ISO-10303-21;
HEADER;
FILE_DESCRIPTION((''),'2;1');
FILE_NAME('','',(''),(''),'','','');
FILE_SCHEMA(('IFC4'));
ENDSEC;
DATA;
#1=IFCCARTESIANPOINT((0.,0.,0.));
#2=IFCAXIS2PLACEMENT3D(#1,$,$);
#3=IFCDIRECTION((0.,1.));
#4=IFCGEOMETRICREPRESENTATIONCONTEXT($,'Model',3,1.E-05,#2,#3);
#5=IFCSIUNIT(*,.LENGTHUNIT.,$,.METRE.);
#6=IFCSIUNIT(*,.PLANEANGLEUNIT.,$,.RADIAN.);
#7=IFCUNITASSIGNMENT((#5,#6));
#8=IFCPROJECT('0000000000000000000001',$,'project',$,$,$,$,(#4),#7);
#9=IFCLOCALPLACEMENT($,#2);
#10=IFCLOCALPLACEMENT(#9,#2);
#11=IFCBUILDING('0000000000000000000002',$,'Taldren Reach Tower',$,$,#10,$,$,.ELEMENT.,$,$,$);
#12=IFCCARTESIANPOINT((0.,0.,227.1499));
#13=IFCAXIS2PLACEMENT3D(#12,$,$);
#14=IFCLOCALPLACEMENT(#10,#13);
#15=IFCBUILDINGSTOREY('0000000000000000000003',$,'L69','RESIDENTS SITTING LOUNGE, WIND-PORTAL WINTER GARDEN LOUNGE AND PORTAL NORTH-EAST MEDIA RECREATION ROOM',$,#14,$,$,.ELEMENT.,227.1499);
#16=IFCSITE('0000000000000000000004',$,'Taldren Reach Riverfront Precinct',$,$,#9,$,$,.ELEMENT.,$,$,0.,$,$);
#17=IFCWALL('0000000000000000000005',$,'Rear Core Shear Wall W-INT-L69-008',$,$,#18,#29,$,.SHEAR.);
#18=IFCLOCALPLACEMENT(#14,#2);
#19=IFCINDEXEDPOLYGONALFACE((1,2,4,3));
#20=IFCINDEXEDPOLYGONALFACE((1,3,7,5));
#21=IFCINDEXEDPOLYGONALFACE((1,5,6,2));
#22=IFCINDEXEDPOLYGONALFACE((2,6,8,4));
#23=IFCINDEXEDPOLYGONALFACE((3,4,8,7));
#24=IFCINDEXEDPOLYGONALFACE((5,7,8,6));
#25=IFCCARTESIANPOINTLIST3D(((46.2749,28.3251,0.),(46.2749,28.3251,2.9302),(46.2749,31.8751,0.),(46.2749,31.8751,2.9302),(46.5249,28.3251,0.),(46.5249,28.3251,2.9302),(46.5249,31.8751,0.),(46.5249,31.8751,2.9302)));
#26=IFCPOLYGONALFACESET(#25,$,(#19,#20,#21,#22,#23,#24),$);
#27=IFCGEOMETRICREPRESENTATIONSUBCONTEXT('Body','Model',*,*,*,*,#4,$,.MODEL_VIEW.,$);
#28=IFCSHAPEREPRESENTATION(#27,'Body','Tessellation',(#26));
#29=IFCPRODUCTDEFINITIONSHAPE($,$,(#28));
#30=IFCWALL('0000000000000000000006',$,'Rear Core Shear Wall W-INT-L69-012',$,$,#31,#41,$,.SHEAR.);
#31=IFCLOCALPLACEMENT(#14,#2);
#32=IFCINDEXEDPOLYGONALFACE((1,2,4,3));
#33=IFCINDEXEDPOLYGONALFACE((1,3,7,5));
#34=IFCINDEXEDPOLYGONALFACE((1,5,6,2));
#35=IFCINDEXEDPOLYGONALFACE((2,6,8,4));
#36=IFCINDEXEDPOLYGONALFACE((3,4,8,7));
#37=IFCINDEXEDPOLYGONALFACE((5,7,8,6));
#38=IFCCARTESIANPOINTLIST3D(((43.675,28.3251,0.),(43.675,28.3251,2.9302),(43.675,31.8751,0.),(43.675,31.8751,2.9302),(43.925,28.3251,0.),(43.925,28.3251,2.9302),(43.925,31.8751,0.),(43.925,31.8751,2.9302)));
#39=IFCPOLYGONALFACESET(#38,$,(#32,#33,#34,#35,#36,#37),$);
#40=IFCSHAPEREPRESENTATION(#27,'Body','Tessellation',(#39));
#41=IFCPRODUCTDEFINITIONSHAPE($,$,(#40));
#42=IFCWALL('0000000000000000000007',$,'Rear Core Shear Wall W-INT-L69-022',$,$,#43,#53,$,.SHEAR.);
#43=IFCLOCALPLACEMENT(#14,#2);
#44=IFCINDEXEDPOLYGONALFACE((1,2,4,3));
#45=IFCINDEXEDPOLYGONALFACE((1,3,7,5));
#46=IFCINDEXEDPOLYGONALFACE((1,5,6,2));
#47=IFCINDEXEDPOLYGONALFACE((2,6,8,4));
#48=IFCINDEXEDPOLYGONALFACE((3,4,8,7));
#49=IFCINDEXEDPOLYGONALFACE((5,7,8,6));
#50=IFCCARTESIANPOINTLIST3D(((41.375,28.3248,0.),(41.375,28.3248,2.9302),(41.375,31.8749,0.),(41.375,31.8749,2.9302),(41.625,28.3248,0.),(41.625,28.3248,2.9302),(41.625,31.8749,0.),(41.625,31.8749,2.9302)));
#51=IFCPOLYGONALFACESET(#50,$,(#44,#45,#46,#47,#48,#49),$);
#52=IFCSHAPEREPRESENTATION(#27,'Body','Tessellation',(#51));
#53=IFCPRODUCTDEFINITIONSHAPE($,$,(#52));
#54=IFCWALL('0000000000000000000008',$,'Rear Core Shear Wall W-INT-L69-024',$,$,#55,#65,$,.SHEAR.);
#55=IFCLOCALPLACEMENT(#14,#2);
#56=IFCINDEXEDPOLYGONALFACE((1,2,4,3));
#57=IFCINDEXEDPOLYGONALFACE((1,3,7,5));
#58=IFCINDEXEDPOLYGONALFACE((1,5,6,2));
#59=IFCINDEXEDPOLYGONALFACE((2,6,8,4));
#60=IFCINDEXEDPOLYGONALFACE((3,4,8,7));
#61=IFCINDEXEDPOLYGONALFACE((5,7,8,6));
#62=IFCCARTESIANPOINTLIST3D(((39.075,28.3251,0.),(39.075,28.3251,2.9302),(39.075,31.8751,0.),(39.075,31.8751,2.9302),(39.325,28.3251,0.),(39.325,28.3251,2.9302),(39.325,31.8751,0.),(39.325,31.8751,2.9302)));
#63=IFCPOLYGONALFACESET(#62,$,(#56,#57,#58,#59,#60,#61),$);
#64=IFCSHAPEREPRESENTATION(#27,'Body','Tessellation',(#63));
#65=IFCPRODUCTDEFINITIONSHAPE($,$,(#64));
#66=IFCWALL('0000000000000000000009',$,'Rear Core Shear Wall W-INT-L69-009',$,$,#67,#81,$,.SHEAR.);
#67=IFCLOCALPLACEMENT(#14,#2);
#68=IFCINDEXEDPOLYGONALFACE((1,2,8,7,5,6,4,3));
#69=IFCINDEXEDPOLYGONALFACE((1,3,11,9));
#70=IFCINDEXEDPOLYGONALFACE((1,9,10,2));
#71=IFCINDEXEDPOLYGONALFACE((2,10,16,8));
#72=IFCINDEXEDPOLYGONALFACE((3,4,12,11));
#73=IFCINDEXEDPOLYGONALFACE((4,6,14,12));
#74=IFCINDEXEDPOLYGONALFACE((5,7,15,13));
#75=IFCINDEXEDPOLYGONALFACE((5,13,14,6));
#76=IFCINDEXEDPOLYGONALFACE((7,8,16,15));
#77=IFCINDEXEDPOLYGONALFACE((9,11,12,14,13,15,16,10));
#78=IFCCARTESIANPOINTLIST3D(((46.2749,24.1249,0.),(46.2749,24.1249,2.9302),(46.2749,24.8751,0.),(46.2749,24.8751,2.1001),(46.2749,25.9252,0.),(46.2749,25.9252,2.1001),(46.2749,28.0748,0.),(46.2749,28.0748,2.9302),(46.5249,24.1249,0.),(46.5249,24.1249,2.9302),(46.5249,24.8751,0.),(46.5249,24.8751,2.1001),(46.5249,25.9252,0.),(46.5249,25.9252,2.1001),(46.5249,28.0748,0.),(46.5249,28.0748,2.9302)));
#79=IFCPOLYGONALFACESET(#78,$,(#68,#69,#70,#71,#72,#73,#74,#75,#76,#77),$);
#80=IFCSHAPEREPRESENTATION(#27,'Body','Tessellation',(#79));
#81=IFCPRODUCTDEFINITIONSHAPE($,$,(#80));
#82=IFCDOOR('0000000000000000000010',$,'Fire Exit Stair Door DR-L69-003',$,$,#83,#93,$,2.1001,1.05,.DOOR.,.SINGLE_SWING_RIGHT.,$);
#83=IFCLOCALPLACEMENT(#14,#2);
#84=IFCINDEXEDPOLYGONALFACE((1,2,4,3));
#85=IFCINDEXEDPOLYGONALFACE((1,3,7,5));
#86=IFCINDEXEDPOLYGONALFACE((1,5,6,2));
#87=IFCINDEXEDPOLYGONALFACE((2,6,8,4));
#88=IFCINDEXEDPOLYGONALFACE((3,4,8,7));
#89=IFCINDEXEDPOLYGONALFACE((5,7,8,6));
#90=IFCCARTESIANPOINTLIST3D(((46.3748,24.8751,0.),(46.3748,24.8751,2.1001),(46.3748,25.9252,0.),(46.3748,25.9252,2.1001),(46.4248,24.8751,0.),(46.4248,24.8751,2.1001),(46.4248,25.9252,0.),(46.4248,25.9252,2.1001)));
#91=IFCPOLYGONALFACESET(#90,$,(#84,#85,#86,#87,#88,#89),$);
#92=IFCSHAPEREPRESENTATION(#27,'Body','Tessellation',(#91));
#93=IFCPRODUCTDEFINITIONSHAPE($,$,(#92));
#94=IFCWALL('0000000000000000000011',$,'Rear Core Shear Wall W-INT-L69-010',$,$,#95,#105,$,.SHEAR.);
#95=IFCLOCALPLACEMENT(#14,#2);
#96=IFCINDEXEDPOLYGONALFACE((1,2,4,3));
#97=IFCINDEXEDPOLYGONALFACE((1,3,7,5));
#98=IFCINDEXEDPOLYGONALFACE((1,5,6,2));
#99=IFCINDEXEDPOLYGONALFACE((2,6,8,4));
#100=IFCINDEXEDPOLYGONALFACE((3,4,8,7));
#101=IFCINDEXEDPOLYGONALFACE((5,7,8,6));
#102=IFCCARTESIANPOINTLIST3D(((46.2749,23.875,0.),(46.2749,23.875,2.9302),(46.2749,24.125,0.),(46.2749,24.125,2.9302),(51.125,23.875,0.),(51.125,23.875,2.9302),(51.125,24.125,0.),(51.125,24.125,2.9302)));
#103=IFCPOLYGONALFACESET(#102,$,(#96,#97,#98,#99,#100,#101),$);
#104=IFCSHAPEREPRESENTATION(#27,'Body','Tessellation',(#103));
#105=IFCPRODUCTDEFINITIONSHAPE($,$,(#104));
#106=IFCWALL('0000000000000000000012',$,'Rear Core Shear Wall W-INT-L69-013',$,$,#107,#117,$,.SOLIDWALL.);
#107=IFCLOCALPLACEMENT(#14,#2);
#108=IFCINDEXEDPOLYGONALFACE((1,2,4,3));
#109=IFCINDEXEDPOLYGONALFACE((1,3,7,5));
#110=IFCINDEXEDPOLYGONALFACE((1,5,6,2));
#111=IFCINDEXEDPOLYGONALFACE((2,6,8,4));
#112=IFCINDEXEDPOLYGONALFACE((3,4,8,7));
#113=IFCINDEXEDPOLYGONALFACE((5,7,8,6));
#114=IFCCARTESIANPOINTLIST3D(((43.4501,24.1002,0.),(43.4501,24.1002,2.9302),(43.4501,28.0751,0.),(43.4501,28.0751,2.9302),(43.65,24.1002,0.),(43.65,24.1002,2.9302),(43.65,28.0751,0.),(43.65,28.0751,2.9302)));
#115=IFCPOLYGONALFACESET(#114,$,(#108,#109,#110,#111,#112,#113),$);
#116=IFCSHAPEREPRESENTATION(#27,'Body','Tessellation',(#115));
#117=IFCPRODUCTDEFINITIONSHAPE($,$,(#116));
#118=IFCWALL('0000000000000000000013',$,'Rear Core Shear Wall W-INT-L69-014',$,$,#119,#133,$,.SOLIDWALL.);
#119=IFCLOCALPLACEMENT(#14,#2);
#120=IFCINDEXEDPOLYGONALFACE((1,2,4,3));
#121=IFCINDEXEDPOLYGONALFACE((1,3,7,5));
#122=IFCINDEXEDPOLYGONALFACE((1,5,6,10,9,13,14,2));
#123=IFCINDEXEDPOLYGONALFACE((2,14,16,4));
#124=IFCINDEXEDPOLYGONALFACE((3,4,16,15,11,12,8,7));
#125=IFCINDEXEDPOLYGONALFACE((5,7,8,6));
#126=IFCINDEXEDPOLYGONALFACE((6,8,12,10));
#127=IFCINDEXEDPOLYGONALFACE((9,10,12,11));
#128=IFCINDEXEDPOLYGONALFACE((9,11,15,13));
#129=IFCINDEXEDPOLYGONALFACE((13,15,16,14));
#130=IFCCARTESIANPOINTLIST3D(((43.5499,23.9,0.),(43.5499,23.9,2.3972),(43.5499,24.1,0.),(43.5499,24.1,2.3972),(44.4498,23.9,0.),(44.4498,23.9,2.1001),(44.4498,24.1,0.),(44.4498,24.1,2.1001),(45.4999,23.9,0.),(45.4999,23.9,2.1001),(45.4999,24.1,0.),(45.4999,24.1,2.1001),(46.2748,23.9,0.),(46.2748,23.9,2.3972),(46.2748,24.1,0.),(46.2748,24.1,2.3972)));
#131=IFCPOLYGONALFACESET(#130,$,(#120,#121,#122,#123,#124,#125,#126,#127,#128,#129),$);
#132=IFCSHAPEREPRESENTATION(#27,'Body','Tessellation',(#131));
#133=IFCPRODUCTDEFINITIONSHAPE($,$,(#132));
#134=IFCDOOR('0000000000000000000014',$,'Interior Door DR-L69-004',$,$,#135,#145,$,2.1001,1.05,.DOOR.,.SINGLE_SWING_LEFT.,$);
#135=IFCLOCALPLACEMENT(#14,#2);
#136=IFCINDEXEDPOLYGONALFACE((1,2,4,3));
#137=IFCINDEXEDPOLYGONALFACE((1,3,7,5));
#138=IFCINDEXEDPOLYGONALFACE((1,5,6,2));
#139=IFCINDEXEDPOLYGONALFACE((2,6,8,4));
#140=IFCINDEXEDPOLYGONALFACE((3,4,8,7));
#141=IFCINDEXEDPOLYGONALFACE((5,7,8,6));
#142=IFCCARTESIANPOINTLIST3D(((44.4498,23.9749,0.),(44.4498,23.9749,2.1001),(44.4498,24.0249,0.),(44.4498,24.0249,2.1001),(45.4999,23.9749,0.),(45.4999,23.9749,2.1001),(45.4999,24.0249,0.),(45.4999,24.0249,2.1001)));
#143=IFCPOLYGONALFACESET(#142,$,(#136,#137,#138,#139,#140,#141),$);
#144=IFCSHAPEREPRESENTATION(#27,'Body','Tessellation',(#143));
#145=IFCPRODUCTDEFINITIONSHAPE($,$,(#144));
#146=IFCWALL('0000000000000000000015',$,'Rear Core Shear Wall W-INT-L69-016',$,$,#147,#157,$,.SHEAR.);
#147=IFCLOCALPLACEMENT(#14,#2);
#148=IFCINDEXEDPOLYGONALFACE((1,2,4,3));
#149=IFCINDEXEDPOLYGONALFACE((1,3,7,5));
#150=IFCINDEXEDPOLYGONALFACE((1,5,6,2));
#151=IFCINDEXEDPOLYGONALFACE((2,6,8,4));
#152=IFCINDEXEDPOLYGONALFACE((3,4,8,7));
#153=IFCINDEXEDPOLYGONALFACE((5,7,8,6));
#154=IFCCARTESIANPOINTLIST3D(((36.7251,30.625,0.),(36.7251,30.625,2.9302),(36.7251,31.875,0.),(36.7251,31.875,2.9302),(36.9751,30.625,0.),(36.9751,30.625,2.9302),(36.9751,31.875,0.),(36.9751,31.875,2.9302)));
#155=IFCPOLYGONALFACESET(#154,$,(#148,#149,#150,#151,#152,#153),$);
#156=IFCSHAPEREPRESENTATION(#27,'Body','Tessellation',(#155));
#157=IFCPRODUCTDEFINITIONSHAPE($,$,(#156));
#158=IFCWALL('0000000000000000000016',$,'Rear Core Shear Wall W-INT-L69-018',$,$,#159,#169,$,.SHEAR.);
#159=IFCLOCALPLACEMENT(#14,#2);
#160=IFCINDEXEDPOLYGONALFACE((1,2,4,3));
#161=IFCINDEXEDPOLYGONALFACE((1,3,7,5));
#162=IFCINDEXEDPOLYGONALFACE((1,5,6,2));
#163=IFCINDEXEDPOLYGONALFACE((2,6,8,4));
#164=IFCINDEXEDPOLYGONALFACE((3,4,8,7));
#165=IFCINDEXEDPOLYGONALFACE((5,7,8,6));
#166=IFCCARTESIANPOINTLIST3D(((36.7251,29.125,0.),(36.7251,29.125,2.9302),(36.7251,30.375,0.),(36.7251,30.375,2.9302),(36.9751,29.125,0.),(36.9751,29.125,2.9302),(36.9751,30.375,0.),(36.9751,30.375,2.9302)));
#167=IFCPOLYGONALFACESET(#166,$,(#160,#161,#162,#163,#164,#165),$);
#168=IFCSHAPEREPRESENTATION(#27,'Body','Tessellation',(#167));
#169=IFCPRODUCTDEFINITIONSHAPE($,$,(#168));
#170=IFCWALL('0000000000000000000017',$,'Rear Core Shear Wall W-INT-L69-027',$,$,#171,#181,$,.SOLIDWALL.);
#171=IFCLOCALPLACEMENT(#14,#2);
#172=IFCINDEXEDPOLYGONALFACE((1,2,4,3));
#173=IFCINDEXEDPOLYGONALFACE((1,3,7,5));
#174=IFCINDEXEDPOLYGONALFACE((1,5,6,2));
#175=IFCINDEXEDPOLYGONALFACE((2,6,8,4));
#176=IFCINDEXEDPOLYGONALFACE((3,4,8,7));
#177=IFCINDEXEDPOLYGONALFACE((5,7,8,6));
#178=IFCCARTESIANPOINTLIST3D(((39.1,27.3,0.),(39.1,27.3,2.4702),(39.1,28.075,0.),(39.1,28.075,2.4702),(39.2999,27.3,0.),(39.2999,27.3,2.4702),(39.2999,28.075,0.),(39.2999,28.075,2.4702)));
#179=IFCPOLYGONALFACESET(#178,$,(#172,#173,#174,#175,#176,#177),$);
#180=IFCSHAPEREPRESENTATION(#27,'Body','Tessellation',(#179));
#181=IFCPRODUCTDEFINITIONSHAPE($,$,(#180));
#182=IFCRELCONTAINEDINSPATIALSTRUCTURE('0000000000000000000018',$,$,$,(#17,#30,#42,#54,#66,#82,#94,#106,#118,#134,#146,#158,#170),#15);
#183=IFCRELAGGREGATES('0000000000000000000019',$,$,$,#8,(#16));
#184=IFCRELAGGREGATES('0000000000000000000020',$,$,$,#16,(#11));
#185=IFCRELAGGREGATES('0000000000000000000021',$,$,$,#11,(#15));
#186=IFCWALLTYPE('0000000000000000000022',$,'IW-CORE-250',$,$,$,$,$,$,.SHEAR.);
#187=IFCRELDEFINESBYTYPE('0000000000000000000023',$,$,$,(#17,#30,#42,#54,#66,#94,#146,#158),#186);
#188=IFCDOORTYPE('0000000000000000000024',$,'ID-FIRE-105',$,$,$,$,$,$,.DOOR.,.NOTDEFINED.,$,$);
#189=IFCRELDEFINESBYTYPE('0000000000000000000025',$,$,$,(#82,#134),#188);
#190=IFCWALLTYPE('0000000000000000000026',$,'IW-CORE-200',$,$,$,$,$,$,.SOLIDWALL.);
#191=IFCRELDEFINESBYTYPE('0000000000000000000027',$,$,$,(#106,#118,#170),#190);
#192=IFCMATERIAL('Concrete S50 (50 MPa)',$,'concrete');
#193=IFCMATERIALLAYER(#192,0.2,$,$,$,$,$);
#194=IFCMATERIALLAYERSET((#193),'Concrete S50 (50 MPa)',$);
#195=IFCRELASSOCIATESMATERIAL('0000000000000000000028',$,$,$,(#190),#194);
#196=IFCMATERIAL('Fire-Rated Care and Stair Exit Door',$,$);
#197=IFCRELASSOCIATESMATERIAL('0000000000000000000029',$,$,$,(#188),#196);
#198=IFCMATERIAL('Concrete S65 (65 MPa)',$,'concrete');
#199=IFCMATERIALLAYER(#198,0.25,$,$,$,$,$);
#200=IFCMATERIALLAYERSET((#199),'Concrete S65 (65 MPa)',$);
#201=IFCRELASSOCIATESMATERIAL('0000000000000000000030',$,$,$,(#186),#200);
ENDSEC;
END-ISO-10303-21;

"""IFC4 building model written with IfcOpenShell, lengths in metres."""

from ifc_helpers import new_model, si_unit, direction, frame, frame_2d, origin, place, context, subcontext, project, spatial, rectangle, extrude, source, transform, mapped, material, layer, layer_set, type_object, element, fill, save


model = new_model("IFC4")

# Units and contexts
model_context = context("Model", 3, precision=1e-05, world=origin(), true_north=direction((0.0, 1.0)))
body_context = subcontext(model_context, "Body", "Model", "MODEL_VIEW")
ifc_project = project(units=[si_unit("LENGTHUNIT", "METRE"), si_unit("PLANEANGLEUNIT", "RADIAN")], contexts=[model_context])

# Site, building, storey
site_placement = place(None, origin())
site = spatial("IfcSite", under=ifc_project, at=site_placement, Name="Taldren Reach Riverfront Precinct", CompositionType="ELEMENT", RefElevation=0.0)
building_placement = place(site_placement, origin())
building = spatial("IfcBuilding", under=site, at=building_placement, Name="Taldren Reach Tower", CompositionType="ELEMENT")
storey_placement = place(building_placement, frame((0.0, 0.0, 227.1499)))
storey = spatial("IfcBuildingStorey", under=building, at=storey_placement, Name="L69", Description="RESIDENTS SITTING LOUNGE, WIND-PORTAL WINTER GARDEN LOUNGE AND PORTAL NORTH-EAST MEDIA RECREATION ROOM", CompositionType="ELEMENT", Elevation=227.1499)

# Shared definitions
ifc_material_1 = material(Name="Concrete S50 (50 MPa)", Category="concrete")
ifc_layer_1 = layer(ifc_material_1, 0.2)
ifc_layer_set_1 = layer_set([ifc_layer_1], Name="Concrete S50 (50 MPa)")
wall_type_1 = type_object("IfcWallType", Name="IW-CORE-200", PredefinedType="SOLIDWALL", material=ifc_layer_set_1)

# Shared definitions
shared_shape_1 = source(origin(), body_context, "Body", "SweptSolid", [
    extrude(rectangle(XDim=1.05, YDim=2.1001, at=frame_2d((0.5249, 1.05))), frame((0.0, 0.1099, 0.0), z_axis=(0.0, -1.0, 0.0), x_axis=(1.0, 0.0, 0.0)), (0.0, 0.0, 1.0), 0.22),
])
ifc_material_2 = material(Name="Fire-Rated Care and Stair Exit Door")
door_type_1 = type_object("IfcDoorType", Name="ID-FIRE-105", OperationType="NOTDEFINED", PredefinedType="DOOR", material=ifc_material_2)
shared_shape_2 = source(origin(), body_context, "Body", "SweptSolid", [
    extrude(rectangle(XDim=1.05, YDim=2.1001, at=frame_2d((0.5249, 1.05))), frame((0.0, 0.0249, 0.0), z_axis=(0.0, -1.0, 0.0), x_axis=(1.0, 0.0, 0.0)), (0.0, 0.0, 1.0), 0.05),
])

# Walls
ifc_material_3 = material(Name="Concrete S65 (65 MPa)", Category="concrete")
ifc_layer_2 = layer(ifc_material_3, 0.25)
ifc_layer_set_2 = layer_set([ifc_layer_2], Name="Concrete S65 (65 MPa)")
wall_type_2 = type_object("IfcWallType", Name="IW-CORE-250", PredefinedType="SHEAR", material=ifc_layer_set_2)
shared_shape_3 = source(origin(), body_context, "Body", "SweptSolid", [
    extrude(rectangle(XDim=3.55, YDim=0.25, at=frame_2d((1.7749, 0.0))), origin(), (0.0, 0.0, 1.0), 2.9302),
])
for number, where, z_axis, x_axis, name in (
    (1, (46.3999, 31.875, 0.0), (0.0, 0.0, 1.0), (0.0, -1.0, 0.0), "Rear Core Shear Wall W-INT-L69-008"),
    (2, (43.8, 31.875, 0.0), (0.0, 0.0, 1.0), (0.0, -1.0, 0.0), "Rear Core Shear Wall W-INT-L69-012"),
    (3, (41.5, 28.325, 0.0), (0.0, 0.0, 1.0), (0.0, 1.0, 0.0), "Rear Core Shear Wall W-INT-L69-022"),
    (4, (39.2, 31.875, 0.0), (0.0, 0.0, 1.0), (0.0, -1.0, 0.0), "Rear Core Shear Wall W-INT-L69-024"),
):
    element("IfcWall", number, at=place(storey_placement, frame(where, z_axis=z_axis, x_axis=x_axis)), inside=storey, type_object=wall_type_2, Name=name, PredefinedType="SHEAR", context=body_context, shape_type="MappedRepresentation", body=[
        mapped(shared_shape_3, transform((0.0, 0.0, 0.0), scale=1.0)),
    ])

# Wall, opening, door
shared_shape_4 = source(origin(), body_context, "Body", "SweptSolid", [
    extrude(rectangle(XDim=3.95, YDim=0.25, at=frame_2d((1.9751, 0.0))), origin(), (0.0, 0.0, 1.0), 2.9302),
])
wall_1_placement = place(storey_placement, frame((46.3999, 28.075, 0.0), z_axis=(0.0, 0.0, 1.0), x_axis=(0.0, -1.0, 0.0)))
wall_1 = element("IfcWall", 5, at=wall_1_placement, inside=storey, type_object=wall_type_2, Name="Rear Core Shear Wall W-INT-L69-009", PredefinedType="SHEAR", context=body_context, shape_type="MappedRepresentation", body=[
    mapped(shared_shape_4, transform((0.0, 0.0, 0.0), scale=1.0)),
])
shared_shape_5 = source(origin(), body_context, "Body", "SweptSolid", [
    extrude(rectangle(XDim=1.05, YDim=2.1001, at=frame_2d((0.5249, 1.05))), frame((0.0, 0.135, 0.0), z_axis=(0.0, -1.0, 0.0), x_axis=(1.0, 0.0, 0.0)), (0.0, 0.0, 1.0), 0.27),
])
opening_1_placement = place(wall_1_placement, frame((2.1499, 0.0, 0.0)))
opening_1 = element("IfcOpeningElement", 6, at=opening_1_placement, cuts=wall_1, PredefinedType="OPENING", context=body_context, shape_type="MappedRepresentation", body=[
    mapped(shared_shape_5, transform((0.0, 0.0, 0.0), scale=1.0)),
])
door_1_placement = place(opening_1_placement, origin())
door_1 = element("IfcDoor", 7, at=door_1_placement, inside=storey, type_object=door_type_1, Name="Fire Exit Stair Door DR-L69-003", OperationType="SINGLE_SWING_RIGHT", OverallHeight=2.1001, OverallWidth=1.05, PredefinedType="DOOR", context=body_context, shape_type="MappedRepresentation", body=[
    mapped(shared_shape_2, transform((0.0, 0.0, 0.0), scale=1.0)),
])
fill(opening_1, door_1)

# Wall
shared_shape_6 = source(origin(), body_context, "Body", "SweptSolid", [
    extrude(rectangle(XDim=4.8501, YDim=0.25, at=frame_2d((2.425, 0.0))), origin(), (0.0, 0.0, 1.0), 2.9302),
])
wall_2_placement = place(storey_placement, frame((46.2749, 24.0, 0.0), z_axis=(0.0, 0.0, 1.0), x_axis=(1.0, 0.0, 0.0)))
element("IfcWall", 8, at=wall_2_placement, inside=storey, type_object=wall_type_2, Name="Rear Core Shear Wall W-INT-L69-010", PredefinedType="SHEAR", context=body_context, shape_type="MappedRepresentation", body=[
    mapped(shared_shape_6, transform((0.0, 0.0, 0.0), scale=1.0)),
])

# Wall
shared_shape_7 = source(origin(), body_context, "Body", "SweptSolid", [
    extrude(rectangle(XDim=3.9749, YDim=0.2, at=frame_2d((1.9873, 0.0))), origin(), (0.0, 0.0, 1.0), 2.9302),
])
wall_3_placement = place(storey_placement, frame((43.55, 28.075, 0.0), z_axis=(0.0, 0.0, 1.0), x_axis=(0.0, -1.0, 0.0)))
element("IfcWall", 9, at=wall_3_placement, inside=storey, type_object=wall_type_1, Name="Rear Core Shear Wall W-INT-L69-013", PredefinedType="SOLIDWALL", context=body_context, shape_type="MappedRepresentation", body=[
    mapped(shared_shape_7, transform((0.0, 0.0, 0.0), scale=1.0)),
])

# Wall, opening, door
shared_shape_8 = source(origin(), body_context, "Body", "SweptSolid", [
    extrude(rectangle(XDim=2.7249, YDim=0.2, at=frame_2d((1.3623, 0.0))), origin(), (0.0, 0.0, 1.0), 2.3972),
])
wall_4_placement = place(storey_placement, frame((43.55, 24.0, 0.0), z_axis=(0.0, 0.0, 1.0), x_axis=(1.0, 0.0, 0.0)))
wall_4 = element("IfcWall", 10, at=wall_4_placement, inside=storey, type_object=wall_type_1, Name="Rear Core Shear Wall W-INT-L69-014", PredefinedType="SOLIDWALL", context=body_context, shape_type="MappedRepresentation", body=[
    mapped(shared_shape_8, transform((0.0, 0.0, 0.0), scale=1.0)),
])
opening_2_placement = place(wall_4_placement, frame((0.8999, 0.0, 0.0)))
opening_2 = element("IfcOpeningElement", 11, at=opening_2_placement, cuts=wall_4, PredefinedType="OPENING", context=body_context, shape_type="MappedRepresentation", body=[
    mapped(shared_shape_1, transform((0.0, 0.0, 0.0), scale=1.0)),
])
door_2_placement = place(opening_2_placement, origin())
door_2 = element("IfcDoor", 12, at=door_2_placement, inside=storey, type_object=door_type_1, Name="Interior Door DR-L69-004", OperationType="SINGLE_SWING_LEFT", OverallHeight=2.1001, OverallWidth=1.05, PredefinedType="DOOR", context=body_context, shape_type="MappedRepresentation", body=[
    mapped(shared_shape_2, transform((0.0, 0.0, 0.0), scale=1.0)),
])
fill(opening_2, door_2)

# Walls
shared_shape_9 = source(origin(), body_context, "Body", "SweptSolid", [
    extrude(rectangle(XDim=1.25, YDim=0.25, at=frame_2d((0.625, 0.0))), origin(), (0.0, 0.0, 1.0), 2.9302),
])
for number, where, z_axis, x_axis, name in (
    (13, (36.8501, 30.625, 0.0), (0.0, 0.0, 1.0), (0.0, 1.0, 0.0), "Rear Core Shear Wall W-INT-L69-016"),
    (14, (36.8501, 29.125, 0.0), (0.0, 0.0, 1.0), (0.0, 1.0, 0.0), "Rear Core Shear Wall W-INT-L69-018"),
):
    element("IfcWall", number, at=place(storey_placement, frame(where, z_axis=z_axis, x_axis=x_axis)), inside=storey, type_object=wall_type_2, Name=name, PredefinedType="SHEAR", context=body_context, shape_type="MappedRepresentation", body=[
        mapped(shared_shape_9, transform((0.0, 0.0, 0.0), scale=1.0)),
    ])

# Wall
shared_shape_10 = source(origin(), body_context, "Body", "SweptSolid", [
    extrude(rectangle(XDim=0.7749, YDim=0.2, at=frame_2d((0.3875, 0.0))), origin(), (0.0, 0.0, 1.0), 2.4702),
])
wall_5_placement = place(storey_placement, frame((39.2, 27.3, 0.0), z_axis=(0.0, 0.0, 1.0), x_axis=(0.0, 1.0, 0.0)))
element("IfcWall", 15, at=wall_5_placement, inside=storey, type_object=wall_type_1, Name="Rear Core Shear Wall W-INT-L69-027", PredefinedType="SOLIDWALL", context=body_context, shape_type="MappedRepresentation", body=[
    mapped(shared_shape_10, transform((0.0, 0.0, 0.0), scale=1.0)),
])

save(model, "model.ifc")
